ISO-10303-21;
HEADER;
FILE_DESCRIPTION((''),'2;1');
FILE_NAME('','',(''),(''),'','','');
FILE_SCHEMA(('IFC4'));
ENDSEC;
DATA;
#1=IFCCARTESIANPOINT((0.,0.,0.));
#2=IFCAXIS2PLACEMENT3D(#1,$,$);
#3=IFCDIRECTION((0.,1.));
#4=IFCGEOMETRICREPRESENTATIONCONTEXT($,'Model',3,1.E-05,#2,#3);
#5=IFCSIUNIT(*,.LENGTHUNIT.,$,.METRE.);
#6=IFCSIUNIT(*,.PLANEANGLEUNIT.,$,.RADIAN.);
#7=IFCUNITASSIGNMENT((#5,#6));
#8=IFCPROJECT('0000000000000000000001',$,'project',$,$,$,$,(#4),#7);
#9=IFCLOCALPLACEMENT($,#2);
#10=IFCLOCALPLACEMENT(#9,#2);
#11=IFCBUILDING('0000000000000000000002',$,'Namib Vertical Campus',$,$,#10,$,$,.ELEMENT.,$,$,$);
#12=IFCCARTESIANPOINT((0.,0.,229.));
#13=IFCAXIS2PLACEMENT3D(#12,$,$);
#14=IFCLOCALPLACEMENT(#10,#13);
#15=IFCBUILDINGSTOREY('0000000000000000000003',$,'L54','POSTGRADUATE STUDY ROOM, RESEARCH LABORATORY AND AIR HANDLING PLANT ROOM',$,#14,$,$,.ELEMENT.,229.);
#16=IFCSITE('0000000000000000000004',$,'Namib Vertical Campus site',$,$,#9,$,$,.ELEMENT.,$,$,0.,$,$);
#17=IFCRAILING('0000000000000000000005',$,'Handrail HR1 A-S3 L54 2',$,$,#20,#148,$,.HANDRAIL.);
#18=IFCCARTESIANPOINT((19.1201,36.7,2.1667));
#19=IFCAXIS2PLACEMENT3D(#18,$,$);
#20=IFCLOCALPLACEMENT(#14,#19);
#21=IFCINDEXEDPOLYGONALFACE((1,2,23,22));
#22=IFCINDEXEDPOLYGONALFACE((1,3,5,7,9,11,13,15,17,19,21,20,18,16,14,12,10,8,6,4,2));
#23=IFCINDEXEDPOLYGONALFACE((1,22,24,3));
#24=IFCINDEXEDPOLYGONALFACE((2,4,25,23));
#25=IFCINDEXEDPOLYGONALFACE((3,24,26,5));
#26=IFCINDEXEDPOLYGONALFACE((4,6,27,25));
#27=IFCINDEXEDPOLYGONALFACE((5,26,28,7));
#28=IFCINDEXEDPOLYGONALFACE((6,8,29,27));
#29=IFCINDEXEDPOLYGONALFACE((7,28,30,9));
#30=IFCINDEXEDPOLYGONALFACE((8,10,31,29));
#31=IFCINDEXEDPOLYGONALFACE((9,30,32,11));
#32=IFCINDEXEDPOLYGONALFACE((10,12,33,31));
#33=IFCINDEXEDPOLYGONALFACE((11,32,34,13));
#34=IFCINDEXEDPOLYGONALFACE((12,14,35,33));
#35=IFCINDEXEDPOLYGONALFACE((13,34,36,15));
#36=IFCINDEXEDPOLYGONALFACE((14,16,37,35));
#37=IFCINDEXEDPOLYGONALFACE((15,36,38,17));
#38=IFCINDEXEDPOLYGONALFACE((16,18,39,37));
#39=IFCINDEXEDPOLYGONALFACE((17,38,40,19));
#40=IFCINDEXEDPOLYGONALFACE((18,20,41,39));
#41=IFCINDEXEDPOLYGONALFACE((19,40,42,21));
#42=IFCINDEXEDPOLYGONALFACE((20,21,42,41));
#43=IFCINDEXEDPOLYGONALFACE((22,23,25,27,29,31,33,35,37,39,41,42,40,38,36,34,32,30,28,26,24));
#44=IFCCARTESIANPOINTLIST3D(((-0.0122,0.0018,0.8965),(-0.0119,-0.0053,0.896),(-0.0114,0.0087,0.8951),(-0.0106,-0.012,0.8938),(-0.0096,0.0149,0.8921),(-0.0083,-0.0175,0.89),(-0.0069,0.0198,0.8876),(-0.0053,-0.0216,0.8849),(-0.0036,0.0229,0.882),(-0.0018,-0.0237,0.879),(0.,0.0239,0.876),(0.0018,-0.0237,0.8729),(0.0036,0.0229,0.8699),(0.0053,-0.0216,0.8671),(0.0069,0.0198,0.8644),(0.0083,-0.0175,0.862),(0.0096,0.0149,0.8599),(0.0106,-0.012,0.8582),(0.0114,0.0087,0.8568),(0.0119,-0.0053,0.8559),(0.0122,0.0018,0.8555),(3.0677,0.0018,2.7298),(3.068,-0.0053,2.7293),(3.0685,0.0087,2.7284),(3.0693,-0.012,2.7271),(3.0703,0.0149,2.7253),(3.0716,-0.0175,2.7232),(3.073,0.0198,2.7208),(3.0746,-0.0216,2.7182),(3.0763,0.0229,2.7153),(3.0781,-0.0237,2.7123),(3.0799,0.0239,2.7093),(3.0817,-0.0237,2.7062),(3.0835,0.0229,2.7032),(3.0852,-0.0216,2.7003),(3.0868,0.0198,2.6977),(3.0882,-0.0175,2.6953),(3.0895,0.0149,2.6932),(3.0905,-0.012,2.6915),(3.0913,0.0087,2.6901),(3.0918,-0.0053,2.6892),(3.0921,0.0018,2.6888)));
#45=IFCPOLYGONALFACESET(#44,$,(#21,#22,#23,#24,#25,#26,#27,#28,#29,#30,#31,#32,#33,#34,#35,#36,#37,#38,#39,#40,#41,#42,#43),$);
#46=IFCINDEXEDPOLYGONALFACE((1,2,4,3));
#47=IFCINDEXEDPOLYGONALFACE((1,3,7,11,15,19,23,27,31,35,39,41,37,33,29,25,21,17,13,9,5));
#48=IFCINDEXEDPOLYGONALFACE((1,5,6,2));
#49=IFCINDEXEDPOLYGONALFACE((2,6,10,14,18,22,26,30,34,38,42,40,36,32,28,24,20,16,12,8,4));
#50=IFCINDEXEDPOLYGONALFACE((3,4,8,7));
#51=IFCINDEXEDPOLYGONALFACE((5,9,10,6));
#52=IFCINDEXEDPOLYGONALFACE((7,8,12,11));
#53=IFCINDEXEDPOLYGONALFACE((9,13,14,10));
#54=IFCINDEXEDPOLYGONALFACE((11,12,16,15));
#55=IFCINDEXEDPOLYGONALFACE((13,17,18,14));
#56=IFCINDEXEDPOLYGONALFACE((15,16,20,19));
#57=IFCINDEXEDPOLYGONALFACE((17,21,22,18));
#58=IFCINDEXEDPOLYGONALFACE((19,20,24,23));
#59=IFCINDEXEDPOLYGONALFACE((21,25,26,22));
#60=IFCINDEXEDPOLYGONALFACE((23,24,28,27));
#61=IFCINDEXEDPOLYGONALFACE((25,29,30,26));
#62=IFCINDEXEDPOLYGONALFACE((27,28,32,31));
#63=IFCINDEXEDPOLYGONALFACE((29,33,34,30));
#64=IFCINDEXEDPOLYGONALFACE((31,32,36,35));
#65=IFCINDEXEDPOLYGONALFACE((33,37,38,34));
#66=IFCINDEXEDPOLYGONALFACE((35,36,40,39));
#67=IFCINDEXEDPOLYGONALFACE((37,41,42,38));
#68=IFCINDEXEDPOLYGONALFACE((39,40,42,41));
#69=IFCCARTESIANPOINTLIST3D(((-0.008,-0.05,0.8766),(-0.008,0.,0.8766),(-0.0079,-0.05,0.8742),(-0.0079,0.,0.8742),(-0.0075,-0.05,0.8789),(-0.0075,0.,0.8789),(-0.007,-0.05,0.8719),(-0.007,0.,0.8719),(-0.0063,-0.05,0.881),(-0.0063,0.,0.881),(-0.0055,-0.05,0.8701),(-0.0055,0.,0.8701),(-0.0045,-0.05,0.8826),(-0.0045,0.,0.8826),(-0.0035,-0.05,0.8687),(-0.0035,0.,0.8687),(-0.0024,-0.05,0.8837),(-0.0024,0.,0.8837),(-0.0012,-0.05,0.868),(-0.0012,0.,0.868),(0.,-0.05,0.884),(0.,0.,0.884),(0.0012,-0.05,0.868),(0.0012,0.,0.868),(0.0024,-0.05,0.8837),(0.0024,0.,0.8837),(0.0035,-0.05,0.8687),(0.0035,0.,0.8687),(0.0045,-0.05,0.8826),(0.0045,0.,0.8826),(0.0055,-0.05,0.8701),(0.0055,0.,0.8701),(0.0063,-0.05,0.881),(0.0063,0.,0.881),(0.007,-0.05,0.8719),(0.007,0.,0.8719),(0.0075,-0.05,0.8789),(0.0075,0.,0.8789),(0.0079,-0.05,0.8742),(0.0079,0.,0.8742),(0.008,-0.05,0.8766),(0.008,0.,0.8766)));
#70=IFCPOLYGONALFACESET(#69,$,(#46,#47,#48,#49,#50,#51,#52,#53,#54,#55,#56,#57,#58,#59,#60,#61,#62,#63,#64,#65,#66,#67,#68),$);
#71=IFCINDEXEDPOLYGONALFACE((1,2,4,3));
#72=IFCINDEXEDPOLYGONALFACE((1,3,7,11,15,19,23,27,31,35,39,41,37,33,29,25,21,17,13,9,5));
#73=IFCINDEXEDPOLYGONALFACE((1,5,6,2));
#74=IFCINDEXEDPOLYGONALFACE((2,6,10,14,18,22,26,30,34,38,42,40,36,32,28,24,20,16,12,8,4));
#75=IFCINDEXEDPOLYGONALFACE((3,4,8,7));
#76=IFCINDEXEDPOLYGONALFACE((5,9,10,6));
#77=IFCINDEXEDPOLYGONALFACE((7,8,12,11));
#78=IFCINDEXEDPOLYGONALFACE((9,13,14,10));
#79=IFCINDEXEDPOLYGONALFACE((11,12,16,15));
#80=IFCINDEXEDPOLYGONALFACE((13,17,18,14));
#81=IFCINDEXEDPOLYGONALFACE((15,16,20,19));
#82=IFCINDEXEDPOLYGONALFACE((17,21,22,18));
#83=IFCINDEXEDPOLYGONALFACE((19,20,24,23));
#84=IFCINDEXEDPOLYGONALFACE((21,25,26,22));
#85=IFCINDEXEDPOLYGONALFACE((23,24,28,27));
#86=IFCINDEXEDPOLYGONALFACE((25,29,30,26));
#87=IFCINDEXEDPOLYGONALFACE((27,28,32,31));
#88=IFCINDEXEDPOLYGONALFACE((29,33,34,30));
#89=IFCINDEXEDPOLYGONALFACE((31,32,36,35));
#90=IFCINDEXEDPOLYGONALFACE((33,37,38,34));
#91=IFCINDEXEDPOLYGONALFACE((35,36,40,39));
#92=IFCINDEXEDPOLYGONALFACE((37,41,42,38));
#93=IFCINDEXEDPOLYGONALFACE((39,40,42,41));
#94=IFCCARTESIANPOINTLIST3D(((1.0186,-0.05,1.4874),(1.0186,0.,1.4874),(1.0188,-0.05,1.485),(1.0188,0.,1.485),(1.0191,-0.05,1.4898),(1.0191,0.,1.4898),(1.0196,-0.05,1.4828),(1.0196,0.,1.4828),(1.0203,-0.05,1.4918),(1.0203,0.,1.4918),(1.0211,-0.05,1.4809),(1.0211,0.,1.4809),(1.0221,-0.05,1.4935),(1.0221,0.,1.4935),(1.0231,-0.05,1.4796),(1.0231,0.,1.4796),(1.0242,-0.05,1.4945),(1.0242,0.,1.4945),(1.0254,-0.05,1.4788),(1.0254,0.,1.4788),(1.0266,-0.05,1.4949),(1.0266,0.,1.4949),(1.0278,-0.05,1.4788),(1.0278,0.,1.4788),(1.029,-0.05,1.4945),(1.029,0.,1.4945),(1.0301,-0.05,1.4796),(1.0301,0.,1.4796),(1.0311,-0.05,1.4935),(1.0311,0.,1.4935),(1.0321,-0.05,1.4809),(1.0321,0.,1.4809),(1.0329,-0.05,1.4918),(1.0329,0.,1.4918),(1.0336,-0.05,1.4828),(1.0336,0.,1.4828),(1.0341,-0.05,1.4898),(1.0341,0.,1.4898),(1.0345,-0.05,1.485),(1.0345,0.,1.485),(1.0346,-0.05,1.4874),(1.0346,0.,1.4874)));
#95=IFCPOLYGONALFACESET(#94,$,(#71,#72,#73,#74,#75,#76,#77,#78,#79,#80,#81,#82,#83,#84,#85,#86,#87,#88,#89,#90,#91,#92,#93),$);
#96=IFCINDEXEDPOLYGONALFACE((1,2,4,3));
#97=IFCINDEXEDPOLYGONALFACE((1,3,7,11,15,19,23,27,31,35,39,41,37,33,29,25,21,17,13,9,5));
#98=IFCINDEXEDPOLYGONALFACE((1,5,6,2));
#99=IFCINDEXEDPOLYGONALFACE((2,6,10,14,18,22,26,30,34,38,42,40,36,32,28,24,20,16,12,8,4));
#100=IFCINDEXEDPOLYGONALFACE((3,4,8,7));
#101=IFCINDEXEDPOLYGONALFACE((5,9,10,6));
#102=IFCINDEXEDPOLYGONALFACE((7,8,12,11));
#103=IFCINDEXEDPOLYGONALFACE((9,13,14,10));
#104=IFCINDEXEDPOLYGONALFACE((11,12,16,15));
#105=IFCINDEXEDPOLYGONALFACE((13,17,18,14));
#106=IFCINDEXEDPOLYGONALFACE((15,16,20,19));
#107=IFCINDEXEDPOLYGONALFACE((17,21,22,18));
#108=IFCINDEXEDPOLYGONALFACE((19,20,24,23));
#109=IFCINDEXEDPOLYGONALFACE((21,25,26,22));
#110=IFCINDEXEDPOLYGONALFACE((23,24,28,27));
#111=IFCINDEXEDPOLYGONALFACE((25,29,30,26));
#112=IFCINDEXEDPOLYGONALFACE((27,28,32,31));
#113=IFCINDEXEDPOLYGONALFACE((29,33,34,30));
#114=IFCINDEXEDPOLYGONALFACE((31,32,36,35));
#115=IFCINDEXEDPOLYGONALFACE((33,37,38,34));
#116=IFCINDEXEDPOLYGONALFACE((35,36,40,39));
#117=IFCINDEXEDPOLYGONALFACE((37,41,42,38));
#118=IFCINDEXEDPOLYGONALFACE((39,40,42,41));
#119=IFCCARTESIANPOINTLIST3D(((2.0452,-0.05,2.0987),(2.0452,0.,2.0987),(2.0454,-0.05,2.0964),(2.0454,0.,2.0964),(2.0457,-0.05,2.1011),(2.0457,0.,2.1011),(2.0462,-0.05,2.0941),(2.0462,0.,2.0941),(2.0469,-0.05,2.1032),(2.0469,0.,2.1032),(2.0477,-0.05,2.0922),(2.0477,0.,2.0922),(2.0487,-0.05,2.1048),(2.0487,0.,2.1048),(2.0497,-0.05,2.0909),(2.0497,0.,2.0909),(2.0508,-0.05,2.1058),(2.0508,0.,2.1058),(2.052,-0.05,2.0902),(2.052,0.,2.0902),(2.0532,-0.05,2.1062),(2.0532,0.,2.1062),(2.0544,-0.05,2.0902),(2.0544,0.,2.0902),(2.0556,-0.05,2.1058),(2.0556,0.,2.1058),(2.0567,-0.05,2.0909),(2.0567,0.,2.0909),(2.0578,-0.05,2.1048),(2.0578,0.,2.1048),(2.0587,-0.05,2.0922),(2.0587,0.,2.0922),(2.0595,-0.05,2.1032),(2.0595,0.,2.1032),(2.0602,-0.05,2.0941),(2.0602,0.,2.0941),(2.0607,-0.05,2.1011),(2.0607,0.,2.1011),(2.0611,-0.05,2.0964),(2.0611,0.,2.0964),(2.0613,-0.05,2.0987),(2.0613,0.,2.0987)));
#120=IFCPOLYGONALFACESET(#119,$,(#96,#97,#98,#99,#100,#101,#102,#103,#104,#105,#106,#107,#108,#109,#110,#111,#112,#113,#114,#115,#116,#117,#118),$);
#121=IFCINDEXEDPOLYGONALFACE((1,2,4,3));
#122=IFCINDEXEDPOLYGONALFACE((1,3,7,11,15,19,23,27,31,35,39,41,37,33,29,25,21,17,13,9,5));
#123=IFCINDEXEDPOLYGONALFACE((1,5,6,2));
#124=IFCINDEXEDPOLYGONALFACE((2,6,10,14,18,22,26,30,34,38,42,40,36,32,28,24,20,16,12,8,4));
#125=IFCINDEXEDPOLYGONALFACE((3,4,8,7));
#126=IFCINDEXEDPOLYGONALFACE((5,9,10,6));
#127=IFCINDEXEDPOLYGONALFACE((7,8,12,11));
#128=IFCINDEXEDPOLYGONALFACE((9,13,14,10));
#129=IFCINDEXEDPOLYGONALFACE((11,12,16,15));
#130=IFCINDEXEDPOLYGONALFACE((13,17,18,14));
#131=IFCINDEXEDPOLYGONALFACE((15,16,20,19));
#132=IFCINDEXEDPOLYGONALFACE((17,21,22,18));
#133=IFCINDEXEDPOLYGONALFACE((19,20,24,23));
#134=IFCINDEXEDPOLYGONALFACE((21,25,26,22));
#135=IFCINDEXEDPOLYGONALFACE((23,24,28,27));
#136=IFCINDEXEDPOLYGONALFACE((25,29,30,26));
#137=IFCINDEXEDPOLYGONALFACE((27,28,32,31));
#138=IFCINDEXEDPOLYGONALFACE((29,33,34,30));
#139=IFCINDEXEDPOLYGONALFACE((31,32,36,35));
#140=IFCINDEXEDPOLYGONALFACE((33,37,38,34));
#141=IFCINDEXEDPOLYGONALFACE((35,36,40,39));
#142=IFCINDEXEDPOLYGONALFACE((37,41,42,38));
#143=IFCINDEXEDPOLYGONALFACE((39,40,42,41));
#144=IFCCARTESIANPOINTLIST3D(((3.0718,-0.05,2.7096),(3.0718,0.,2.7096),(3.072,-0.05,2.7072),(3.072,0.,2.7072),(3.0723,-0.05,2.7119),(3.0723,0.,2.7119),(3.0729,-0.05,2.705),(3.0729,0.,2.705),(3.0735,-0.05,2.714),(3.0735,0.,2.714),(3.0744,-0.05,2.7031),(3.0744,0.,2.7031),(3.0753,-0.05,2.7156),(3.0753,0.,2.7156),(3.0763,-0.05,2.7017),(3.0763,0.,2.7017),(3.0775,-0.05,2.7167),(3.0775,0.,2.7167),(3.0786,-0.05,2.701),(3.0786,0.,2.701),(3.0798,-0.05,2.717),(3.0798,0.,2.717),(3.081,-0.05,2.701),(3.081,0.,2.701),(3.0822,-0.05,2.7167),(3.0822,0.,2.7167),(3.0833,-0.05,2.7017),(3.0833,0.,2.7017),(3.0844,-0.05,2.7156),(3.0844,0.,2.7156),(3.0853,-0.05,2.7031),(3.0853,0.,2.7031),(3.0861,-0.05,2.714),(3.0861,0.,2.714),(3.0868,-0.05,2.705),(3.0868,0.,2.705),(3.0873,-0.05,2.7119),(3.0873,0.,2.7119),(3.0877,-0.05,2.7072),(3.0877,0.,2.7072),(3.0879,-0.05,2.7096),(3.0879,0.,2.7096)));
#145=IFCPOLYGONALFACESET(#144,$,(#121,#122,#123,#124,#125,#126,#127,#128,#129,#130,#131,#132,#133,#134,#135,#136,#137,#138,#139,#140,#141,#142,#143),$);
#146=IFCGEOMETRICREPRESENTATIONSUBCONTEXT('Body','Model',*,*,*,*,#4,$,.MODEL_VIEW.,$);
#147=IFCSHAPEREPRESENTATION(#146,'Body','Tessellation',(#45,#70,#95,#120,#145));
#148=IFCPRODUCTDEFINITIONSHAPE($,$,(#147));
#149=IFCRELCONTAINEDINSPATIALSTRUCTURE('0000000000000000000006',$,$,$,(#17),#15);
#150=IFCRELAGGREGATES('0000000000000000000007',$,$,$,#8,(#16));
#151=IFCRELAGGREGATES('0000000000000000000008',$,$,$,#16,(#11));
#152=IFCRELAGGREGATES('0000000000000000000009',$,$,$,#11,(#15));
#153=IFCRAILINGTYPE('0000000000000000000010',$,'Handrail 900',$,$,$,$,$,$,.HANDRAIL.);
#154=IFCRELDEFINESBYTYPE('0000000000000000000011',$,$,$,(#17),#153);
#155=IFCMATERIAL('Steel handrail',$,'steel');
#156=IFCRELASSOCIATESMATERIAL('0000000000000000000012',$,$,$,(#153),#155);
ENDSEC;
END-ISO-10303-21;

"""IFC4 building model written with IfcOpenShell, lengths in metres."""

from ifc_helpers import new_model, si_unit, direction, frame, origin, origin_2d, place, context, subcontext, project, spatial, circle, extrude, material, type_object, element, save


model = new_model("IFC4")

# Units and contexts
model_context = context("Model", 3, precision=1e-05, world=origin(), true_north=direction((0.0, 1.0)))
body_context = subcontext(model_context, "Body", "Model", "MODEL_VIEW")
ifc_project = project(units=[si_unit("LENGTHUNIT", "METRE"), si_unit("PLANEANGLEUNIT", "RADIAN")], contexts=[model_context])

# Site, building, storey
site_placement = place(None, origin())
site = spatial("IfcSite", under=ifc_project, at=site_placement, Name="Namib Vertical Campus site", CompositionType="ELEMENT", RefElevation=0.0)
building_placement = place(site_placement, origin())
building = spatial("IfcBuilding", under=site, at=building_placement, Name="Namib Vertical Campus", CompositionType="ELEMENT")
storey_placement = place(building_placement, frame((0.0, 0.0, 229.0)))
storey = spatial("IfcBuildingStorey", under=building, at=storey_placement, Name="L54", Description="POSTGRADUATE STUDY ROOM, RESEARCH LABORATORY AND AIR HANDLING PLANT ROOM", CompositionType="ELEMENT", Elevation=229.0)

# Railing
ifc_material_1 = material(Name="Steel handrail", Category="steel")
railing_type_1 = type_object("IfcRailingType", Name="Handrail 900", PredefinedType="HANDRAIL", material=ifc_material_1)
railing_1_placement = place(storey_placement, frame((19.1201, 36.7, 2.1667)))
element("IfcRailing", 1, at=railing_1_placement, inside=storey, type_object=railing_type_1, Name="Handrail HR1 A-S3 L54 2", PredefinedType="HANDRAIL", context=body_context, shape_type="SweptSolid", body=[
    extrude(circle(Radius=0.0239, at=origin_2d()), frame((0.0, 0.0, 0.876), z_axis=(0.859291, 0.0, 0.511487), x_axis=(0.0, 1.0, 0.0)), (0.0, 0.0, 1.0), 3.5842),
    extrude(circle(Radius=0.0081, at=origin_2d()), frame((0.0, 0.0, 0.876), z_axis=(0.0, -1.0, 0.0), x_axis=(0.0, 0.0, 1.0)), (0.0, 0.0, 1.0), 0.05),
    extrude(circle(Radius=0.0081, at=origin_2d()), frame((1.0266, 0.0, 1.4868), z_axis=(0.0, -1.0, 0.0), x_axis=(0.0, 0.0, 1.0)), (0.0, 0.0, 1.0), 0.05),
    extrude(circle(Radius=0.0081, at=origin_2d()), frame((2.0532, 0.0, 2.0981), z_axis=(0.0, -1.0, 0.0), x_axis=(0.0, 0.0, 1.0)), (0.0, 0.0, 1.0), 0.05),
    extrude(circle(Radius=0.0081, at=origin_2d()), frame((3.0798, 0.0, 2.709), z_axis=(0.0, -1.0, 0.0), x_axis=(0.0, 0.0, 1.0)), (0.0, 0.0, 1.0), 0.05),
])

save(model, "model.ifc")
